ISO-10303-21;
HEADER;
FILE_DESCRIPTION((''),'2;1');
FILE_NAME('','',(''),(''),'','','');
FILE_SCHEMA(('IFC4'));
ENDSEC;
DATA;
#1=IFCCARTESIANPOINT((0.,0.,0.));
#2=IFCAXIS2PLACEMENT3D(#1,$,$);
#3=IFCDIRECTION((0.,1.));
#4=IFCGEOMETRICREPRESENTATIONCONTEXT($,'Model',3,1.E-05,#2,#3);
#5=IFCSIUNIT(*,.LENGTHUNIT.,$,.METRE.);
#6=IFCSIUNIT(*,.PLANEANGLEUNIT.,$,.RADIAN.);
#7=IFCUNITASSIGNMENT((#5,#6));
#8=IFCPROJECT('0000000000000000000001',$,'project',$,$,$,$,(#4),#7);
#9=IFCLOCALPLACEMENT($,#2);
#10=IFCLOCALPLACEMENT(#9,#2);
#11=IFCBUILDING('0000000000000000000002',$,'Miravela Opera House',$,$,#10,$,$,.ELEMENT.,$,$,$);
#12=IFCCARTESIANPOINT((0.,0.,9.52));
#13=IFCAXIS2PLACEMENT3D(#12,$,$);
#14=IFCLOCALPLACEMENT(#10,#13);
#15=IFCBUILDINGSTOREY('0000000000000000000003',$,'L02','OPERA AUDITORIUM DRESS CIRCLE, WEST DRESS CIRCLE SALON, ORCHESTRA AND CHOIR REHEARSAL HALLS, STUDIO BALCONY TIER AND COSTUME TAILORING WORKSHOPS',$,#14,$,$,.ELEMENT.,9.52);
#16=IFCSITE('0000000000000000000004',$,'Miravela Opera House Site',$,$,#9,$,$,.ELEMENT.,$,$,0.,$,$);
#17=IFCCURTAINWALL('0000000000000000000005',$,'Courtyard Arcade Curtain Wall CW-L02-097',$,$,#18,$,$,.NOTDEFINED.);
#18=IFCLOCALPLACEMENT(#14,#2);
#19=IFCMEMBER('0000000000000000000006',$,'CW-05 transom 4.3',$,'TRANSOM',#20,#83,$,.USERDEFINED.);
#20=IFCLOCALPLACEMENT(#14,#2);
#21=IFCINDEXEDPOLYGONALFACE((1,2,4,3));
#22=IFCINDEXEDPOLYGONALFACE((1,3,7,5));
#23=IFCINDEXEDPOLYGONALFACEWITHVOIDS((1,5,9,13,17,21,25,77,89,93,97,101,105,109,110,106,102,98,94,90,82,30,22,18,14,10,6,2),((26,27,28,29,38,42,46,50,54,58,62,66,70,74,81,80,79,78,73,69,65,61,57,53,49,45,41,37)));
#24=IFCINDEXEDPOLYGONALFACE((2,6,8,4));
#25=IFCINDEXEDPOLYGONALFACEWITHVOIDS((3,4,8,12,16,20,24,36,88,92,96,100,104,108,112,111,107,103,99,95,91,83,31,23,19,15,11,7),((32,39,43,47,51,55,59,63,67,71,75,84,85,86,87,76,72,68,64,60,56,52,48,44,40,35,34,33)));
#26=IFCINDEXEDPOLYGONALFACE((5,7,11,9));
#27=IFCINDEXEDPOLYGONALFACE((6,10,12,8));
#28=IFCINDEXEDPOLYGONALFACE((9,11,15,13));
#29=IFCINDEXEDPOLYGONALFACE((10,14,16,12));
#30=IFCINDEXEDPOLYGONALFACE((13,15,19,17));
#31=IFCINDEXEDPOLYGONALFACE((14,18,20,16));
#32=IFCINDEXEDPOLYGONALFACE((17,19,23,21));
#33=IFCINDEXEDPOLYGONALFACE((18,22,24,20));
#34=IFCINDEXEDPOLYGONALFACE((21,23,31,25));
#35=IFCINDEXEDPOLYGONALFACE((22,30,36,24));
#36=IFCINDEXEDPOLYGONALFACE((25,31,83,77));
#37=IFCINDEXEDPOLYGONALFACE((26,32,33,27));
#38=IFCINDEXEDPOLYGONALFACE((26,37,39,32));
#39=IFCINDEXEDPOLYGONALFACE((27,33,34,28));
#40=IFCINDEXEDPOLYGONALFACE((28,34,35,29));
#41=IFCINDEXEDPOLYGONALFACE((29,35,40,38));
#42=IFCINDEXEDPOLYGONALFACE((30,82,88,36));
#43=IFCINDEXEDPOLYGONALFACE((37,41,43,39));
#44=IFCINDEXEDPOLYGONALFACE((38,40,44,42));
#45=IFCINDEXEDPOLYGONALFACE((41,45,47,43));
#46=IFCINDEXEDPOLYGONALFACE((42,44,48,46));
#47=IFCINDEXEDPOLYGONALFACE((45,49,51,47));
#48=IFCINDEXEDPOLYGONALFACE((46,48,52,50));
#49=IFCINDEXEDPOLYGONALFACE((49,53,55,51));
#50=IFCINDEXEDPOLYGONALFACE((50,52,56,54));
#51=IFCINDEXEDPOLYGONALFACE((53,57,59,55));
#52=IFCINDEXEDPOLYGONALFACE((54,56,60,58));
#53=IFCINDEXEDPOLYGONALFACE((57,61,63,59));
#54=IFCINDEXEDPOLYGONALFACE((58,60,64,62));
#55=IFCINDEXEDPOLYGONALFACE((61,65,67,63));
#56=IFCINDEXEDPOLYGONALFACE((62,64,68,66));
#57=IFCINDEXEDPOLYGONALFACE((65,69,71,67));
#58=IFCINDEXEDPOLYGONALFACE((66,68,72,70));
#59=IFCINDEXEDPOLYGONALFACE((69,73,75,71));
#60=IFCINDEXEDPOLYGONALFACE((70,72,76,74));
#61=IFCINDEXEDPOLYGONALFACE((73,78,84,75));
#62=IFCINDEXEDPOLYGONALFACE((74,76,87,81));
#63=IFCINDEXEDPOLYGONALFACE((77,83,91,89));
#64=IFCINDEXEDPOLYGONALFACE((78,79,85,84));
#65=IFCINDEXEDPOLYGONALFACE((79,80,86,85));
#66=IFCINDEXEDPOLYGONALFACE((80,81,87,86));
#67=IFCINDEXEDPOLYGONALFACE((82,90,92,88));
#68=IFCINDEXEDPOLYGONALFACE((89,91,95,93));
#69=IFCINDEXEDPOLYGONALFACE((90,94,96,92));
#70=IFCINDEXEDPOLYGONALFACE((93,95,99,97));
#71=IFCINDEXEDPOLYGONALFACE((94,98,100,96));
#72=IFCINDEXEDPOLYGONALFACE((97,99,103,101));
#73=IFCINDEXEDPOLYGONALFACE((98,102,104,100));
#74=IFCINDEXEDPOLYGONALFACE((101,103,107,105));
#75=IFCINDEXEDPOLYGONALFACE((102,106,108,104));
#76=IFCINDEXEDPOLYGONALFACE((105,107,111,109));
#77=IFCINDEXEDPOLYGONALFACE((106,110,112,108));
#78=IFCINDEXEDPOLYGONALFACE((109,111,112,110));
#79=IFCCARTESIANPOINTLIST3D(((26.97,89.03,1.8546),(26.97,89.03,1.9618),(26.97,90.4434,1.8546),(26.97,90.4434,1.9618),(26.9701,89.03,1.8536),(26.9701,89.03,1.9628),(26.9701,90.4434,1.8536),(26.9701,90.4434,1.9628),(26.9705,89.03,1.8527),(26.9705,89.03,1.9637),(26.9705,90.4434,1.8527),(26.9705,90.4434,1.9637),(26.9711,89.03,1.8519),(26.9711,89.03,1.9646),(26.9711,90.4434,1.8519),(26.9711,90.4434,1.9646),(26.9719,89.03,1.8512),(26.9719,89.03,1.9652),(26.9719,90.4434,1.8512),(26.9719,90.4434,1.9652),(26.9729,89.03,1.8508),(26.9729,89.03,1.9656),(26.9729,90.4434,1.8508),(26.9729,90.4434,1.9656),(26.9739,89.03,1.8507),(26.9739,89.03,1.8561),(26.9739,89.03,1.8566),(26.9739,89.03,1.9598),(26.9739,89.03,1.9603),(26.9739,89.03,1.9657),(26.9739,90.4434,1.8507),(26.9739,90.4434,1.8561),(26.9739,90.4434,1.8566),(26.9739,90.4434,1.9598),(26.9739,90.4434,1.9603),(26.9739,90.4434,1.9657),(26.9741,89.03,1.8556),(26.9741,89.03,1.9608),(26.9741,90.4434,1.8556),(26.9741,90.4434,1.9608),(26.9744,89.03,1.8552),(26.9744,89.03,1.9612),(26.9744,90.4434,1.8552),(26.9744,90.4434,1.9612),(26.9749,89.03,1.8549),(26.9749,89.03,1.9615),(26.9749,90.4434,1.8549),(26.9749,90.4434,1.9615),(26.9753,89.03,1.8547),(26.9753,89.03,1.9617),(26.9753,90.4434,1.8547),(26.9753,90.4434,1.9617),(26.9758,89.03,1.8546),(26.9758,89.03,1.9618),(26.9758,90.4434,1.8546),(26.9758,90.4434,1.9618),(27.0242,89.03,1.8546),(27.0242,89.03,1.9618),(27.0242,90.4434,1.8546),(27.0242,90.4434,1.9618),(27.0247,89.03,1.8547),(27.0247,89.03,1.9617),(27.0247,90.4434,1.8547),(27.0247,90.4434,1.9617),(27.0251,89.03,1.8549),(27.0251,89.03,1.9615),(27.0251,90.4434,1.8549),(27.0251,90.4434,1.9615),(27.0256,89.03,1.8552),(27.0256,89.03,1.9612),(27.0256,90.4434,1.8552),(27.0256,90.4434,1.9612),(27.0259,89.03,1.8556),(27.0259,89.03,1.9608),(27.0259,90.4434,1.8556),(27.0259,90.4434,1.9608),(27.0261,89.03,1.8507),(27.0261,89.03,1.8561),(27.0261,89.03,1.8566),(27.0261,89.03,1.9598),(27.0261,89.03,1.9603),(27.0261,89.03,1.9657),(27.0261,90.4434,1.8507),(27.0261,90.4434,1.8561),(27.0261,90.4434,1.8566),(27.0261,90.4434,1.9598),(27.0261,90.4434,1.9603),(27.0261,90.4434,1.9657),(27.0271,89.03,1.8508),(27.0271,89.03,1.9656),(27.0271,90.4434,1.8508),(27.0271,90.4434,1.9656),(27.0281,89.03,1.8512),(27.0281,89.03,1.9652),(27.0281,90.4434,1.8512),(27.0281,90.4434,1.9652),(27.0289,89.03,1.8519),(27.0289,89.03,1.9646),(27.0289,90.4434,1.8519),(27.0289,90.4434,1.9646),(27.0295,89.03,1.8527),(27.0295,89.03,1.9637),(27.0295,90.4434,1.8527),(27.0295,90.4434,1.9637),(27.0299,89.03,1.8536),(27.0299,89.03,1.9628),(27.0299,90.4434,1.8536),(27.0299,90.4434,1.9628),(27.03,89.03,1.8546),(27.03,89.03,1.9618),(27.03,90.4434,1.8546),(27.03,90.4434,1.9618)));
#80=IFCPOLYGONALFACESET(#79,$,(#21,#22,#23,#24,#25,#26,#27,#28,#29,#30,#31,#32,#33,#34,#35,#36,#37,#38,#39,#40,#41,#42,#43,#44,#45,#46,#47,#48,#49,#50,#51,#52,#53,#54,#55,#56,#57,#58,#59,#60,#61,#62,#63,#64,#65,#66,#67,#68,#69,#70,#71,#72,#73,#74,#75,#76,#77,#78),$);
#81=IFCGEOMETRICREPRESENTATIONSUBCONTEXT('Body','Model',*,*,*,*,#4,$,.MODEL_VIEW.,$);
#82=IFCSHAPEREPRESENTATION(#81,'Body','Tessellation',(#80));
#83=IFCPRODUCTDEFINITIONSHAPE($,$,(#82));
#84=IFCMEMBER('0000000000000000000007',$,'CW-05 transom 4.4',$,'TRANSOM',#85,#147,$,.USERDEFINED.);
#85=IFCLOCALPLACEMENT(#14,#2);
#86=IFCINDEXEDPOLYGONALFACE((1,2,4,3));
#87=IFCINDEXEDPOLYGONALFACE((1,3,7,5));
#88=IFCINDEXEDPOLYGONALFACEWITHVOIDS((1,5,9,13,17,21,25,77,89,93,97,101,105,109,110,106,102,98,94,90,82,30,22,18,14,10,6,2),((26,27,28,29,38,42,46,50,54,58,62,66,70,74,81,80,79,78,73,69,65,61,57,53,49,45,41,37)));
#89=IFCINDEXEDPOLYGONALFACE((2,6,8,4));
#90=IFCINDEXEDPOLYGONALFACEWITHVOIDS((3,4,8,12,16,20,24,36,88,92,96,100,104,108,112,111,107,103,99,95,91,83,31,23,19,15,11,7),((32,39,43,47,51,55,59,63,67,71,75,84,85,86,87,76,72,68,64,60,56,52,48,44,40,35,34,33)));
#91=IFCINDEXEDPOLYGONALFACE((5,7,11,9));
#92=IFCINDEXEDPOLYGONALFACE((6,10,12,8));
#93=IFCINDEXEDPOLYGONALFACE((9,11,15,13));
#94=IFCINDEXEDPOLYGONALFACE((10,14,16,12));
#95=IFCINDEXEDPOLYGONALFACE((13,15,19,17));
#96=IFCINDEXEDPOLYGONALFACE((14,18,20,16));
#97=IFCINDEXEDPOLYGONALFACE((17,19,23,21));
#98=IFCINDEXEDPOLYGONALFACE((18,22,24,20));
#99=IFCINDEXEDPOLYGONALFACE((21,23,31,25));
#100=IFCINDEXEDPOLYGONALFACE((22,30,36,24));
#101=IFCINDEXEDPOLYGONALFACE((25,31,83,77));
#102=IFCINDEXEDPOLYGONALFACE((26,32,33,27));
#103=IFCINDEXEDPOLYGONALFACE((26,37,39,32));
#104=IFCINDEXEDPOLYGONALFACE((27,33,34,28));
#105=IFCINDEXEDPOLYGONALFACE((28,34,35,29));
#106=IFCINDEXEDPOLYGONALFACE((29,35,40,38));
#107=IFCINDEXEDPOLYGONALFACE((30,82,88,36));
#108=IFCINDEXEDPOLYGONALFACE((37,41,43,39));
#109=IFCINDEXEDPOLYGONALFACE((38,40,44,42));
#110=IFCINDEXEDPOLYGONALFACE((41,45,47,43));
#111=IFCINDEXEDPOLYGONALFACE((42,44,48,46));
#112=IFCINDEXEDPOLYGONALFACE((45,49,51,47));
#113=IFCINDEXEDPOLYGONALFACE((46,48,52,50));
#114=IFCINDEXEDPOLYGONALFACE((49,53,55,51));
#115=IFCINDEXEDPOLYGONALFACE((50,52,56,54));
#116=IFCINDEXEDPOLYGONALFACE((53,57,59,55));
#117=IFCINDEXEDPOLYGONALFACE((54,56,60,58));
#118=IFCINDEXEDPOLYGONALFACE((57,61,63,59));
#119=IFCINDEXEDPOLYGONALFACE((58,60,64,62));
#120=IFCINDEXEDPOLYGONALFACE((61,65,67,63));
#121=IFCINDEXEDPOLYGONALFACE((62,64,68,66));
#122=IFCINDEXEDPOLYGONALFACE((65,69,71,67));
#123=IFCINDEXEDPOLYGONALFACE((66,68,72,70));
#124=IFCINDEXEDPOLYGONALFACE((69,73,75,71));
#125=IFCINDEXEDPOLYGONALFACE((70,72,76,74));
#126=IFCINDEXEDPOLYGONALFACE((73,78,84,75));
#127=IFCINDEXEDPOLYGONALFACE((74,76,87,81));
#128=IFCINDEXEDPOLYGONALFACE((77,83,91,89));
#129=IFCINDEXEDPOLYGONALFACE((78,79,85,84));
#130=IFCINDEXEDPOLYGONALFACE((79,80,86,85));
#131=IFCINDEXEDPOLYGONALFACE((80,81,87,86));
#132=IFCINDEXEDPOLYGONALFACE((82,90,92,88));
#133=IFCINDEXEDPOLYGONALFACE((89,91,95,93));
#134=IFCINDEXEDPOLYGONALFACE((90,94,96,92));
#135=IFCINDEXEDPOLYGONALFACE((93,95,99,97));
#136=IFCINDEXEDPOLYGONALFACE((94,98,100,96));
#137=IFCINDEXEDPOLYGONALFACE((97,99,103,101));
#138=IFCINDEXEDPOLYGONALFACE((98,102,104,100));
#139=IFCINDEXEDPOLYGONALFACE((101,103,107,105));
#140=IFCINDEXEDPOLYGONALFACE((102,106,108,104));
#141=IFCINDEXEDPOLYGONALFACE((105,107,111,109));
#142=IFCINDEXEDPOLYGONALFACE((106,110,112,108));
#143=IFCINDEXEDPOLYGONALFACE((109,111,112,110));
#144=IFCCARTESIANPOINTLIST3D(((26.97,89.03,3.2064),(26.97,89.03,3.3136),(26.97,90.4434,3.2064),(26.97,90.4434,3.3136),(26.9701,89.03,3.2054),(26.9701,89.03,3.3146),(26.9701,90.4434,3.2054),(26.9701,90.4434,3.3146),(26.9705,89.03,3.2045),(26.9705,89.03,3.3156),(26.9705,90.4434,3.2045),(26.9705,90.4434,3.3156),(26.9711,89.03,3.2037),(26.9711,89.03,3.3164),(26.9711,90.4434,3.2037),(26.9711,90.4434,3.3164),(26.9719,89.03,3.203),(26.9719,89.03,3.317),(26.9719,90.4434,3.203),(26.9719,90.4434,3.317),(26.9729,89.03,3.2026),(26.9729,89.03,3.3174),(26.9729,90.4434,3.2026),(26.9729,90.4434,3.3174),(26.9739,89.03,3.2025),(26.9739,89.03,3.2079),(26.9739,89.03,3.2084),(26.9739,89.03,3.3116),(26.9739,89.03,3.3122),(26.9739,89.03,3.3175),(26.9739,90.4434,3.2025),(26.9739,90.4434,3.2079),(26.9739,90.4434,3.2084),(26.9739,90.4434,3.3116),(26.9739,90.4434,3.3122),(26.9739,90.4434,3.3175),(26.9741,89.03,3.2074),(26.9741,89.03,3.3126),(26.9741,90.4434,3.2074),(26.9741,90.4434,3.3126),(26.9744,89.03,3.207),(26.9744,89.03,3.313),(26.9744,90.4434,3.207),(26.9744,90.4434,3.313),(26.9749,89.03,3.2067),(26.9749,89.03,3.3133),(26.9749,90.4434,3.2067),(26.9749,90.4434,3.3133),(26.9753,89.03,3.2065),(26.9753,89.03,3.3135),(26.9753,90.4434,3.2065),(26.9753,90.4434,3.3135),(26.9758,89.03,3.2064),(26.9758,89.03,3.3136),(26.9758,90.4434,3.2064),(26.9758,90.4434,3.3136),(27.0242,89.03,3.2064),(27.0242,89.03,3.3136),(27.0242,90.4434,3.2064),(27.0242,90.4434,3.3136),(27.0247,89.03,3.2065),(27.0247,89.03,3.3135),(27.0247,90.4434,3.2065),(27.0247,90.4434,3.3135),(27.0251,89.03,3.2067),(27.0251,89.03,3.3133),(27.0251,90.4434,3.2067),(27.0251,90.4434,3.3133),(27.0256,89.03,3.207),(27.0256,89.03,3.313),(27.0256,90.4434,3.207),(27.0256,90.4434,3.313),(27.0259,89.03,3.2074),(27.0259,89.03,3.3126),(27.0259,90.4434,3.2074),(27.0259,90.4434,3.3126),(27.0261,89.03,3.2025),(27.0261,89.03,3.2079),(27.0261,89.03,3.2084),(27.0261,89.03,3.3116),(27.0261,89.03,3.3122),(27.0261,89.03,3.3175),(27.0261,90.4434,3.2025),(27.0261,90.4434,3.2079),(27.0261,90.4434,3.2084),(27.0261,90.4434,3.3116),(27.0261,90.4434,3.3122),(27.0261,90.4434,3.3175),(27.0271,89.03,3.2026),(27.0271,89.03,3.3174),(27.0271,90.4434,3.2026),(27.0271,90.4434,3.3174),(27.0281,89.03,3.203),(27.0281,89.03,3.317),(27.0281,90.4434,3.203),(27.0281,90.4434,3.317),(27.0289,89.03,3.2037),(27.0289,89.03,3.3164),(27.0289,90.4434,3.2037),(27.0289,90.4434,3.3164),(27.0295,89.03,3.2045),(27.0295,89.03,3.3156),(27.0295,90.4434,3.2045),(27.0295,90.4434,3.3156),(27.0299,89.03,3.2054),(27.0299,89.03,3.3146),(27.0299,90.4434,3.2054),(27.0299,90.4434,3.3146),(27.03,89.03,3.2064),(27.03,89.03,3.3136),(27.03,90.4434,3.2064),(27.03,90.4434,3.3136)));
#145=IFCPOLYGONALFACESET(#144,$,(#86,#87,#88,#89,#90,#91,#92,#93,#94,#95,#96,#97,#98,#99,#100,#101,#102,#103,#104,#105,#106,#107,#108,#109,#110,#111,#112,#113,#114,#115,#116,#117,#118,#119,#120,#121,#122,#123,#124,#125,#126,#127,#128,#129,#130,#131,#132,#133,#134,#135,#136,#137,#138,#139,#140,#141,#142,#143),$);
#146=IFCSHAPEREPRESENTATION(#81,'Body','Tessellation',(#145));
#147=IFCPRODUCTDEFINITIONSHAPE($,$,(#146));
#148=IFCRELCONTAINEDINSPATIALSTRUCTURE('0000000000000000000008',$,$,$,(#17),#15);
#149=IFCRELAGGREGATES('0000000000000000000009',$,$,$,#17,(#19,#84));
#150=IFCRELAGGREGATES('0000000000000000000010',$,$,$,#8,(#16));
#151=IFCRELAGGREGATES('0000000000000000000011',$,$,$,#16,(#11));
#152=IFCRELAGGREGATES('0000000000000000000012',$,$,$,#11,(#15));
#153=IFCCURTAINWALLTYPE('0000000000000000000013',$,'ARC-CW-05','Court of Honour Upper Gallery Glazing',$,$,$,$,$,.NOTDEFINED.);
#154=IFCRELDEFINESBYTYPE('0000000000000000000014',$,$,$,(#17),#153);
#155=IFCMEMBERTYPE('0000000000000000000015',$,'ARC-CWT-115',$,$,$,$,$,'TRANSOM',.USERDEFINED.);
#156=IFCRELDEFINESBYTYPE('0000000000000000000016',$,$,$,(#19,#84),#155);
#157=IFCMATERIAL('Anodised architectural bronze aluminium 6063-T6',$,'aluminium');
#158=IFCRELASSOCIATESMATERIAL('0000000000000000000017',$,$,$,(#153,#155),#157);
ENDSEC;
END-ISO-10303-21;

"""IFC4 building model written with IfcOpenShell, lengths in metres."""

from ifc_helpers import new_model, si_unit, direction, frame, origin, origin_2d, place, context, subcontext, project, spatial, hollow_rectangle, extrude, material, material_profile, profile_set, type_object, element, aggregate, save


model = new_model("IFC4")

# Units and contexts
model_context = context("Model", 3, precision=1e-05, world=origin(), true_north=direction((0.0, 1.0)))
body_context = subcontext(model_context, "Body", "Model", "MODEL_VIEW")
ifc_project = project(units=[si_unit("LENGTHUNIT", "METRE"), si_unit("PLANEANGLEUNIT", "RADIAN")], contexts=[model_context])

# Site, building, storey
site_placement = place(None, origin())
site = spatial("IfcSite", under=ifc_project, at=site_placement, Name="Miravela Opera House Site", CompositionType="ELEMENT", RefElevation=0.0)
building_placement = place(site_placement, origin())
building = spatial("IfcBuilding", under=site, at=building_placement, Name="Miravela Opera House", CompositionType="ELEMENT")
storey_placement = place(building_placement, frame((0.0, 0.0, 9.52)))
storey = spatial("IfcBuildingStorey", under=building, at=storey_placement, Name="L02", Description="OPERA AUDITORIUM DRESS CIRCLE, WEST DRESS CIRCLE SALON, ORCHESTRA AND CHOIR REHEARSAL HALLS, STUDIO BALCONY TIER AND COSTUME TAILORING WORKSHOPS", CompositionType="ELEMENT", Elevation=9.52)

# Curtain wall, members
ifc_material_1 = material(Name="Anodised architectural bronze aluminium 6063-T6", Category="aluminium")
curtain_wall_type = type_object("IfcCurtainWallType", Name="ARC-CW-05", Description="Court of Honour Upper Gallery Glazing", PredefinedType="NOTDEFINED", material=ifc_material_1)
curtain_wall_placement = place(storey_placement, origin())
curtain_wall = element("IfcCurtainWall", 1, at=curtain_wall_placement, inside=storey, type_object=curtain_wall_type, Name="Courtyard Arcade Curtain Wall CW-L02-097", PredefinedType="NOTDEFINED")
ifc_material_profile_1 = material_profile(ifc_material_1, hollow_rectangle(XDim=0.0601, YDim=0.115, WallThickness=0.0039, InnerFilletRadius=0.002, OuterFilletRadius=0.0039, at=origin_2d()), Name="CWT-60X115")
ifc_profile_set_1 = profile_set([ifc_material_profile_1])
member_type_1 = type_object("IfcMemberType", Name="ARC-CWT-115", ElementType="TRANSOM", PredefinedType="USERDEFINED", material=ifc_profile_set_1)
member_1_placement = place(storey_placement, frame((27.0, 89.03, 1.9082), z_axis=(0.0, 1.0, 0.0), x_axis=(-1.0, 0.0, 0.0)))
member_1 = element("IfcMember", 2, at=member_1_placement, type_object=member_type_1, Name="CW-05 transom 4.3", ObjectType="TRANSOM", PredefinedType="USERDEFINED", context=body_context, shape_type="SweptSolid", body=[
    extrude(hollow_rectangle(XDim=0.0601, YDim=0.115, WallThickness=0.0039, InnerFilletRadius=0.002, OuterFilletRadius=0.0039, at=origin_2d()), origin(), (0.0, 0.0, 1.0), 1.4133),
])
member_2_placement = place(storey_placement, frame((27.0, 89.03, 3.26), z_axis=(0.0, 1.0, 0.0), x_axis=(-1.0, 0.0, 0.0)))
member_2 = element("IfcMember", 3, at=member_2_placement, type_object=member_type_1, Name="CW-05 transom 4.4", ObjectType="TRANSOM", PredefinedType="USERDEFINED", context=body_context, shape_type="SweptSolid", body=[
    extrude(hollow_rectangle(XDim=0.0601, YDim=0.115, WallThickness=0.0039, InnerFilletRadius=0.002, OuterFilletRadius=0.0039, at=origin_2d()), origin(), (0.0, 0.0, 1.0), 1.4133),
])
aggregate(curtain_wall, [member_1, member_2])

save(model, "model.ifc")
